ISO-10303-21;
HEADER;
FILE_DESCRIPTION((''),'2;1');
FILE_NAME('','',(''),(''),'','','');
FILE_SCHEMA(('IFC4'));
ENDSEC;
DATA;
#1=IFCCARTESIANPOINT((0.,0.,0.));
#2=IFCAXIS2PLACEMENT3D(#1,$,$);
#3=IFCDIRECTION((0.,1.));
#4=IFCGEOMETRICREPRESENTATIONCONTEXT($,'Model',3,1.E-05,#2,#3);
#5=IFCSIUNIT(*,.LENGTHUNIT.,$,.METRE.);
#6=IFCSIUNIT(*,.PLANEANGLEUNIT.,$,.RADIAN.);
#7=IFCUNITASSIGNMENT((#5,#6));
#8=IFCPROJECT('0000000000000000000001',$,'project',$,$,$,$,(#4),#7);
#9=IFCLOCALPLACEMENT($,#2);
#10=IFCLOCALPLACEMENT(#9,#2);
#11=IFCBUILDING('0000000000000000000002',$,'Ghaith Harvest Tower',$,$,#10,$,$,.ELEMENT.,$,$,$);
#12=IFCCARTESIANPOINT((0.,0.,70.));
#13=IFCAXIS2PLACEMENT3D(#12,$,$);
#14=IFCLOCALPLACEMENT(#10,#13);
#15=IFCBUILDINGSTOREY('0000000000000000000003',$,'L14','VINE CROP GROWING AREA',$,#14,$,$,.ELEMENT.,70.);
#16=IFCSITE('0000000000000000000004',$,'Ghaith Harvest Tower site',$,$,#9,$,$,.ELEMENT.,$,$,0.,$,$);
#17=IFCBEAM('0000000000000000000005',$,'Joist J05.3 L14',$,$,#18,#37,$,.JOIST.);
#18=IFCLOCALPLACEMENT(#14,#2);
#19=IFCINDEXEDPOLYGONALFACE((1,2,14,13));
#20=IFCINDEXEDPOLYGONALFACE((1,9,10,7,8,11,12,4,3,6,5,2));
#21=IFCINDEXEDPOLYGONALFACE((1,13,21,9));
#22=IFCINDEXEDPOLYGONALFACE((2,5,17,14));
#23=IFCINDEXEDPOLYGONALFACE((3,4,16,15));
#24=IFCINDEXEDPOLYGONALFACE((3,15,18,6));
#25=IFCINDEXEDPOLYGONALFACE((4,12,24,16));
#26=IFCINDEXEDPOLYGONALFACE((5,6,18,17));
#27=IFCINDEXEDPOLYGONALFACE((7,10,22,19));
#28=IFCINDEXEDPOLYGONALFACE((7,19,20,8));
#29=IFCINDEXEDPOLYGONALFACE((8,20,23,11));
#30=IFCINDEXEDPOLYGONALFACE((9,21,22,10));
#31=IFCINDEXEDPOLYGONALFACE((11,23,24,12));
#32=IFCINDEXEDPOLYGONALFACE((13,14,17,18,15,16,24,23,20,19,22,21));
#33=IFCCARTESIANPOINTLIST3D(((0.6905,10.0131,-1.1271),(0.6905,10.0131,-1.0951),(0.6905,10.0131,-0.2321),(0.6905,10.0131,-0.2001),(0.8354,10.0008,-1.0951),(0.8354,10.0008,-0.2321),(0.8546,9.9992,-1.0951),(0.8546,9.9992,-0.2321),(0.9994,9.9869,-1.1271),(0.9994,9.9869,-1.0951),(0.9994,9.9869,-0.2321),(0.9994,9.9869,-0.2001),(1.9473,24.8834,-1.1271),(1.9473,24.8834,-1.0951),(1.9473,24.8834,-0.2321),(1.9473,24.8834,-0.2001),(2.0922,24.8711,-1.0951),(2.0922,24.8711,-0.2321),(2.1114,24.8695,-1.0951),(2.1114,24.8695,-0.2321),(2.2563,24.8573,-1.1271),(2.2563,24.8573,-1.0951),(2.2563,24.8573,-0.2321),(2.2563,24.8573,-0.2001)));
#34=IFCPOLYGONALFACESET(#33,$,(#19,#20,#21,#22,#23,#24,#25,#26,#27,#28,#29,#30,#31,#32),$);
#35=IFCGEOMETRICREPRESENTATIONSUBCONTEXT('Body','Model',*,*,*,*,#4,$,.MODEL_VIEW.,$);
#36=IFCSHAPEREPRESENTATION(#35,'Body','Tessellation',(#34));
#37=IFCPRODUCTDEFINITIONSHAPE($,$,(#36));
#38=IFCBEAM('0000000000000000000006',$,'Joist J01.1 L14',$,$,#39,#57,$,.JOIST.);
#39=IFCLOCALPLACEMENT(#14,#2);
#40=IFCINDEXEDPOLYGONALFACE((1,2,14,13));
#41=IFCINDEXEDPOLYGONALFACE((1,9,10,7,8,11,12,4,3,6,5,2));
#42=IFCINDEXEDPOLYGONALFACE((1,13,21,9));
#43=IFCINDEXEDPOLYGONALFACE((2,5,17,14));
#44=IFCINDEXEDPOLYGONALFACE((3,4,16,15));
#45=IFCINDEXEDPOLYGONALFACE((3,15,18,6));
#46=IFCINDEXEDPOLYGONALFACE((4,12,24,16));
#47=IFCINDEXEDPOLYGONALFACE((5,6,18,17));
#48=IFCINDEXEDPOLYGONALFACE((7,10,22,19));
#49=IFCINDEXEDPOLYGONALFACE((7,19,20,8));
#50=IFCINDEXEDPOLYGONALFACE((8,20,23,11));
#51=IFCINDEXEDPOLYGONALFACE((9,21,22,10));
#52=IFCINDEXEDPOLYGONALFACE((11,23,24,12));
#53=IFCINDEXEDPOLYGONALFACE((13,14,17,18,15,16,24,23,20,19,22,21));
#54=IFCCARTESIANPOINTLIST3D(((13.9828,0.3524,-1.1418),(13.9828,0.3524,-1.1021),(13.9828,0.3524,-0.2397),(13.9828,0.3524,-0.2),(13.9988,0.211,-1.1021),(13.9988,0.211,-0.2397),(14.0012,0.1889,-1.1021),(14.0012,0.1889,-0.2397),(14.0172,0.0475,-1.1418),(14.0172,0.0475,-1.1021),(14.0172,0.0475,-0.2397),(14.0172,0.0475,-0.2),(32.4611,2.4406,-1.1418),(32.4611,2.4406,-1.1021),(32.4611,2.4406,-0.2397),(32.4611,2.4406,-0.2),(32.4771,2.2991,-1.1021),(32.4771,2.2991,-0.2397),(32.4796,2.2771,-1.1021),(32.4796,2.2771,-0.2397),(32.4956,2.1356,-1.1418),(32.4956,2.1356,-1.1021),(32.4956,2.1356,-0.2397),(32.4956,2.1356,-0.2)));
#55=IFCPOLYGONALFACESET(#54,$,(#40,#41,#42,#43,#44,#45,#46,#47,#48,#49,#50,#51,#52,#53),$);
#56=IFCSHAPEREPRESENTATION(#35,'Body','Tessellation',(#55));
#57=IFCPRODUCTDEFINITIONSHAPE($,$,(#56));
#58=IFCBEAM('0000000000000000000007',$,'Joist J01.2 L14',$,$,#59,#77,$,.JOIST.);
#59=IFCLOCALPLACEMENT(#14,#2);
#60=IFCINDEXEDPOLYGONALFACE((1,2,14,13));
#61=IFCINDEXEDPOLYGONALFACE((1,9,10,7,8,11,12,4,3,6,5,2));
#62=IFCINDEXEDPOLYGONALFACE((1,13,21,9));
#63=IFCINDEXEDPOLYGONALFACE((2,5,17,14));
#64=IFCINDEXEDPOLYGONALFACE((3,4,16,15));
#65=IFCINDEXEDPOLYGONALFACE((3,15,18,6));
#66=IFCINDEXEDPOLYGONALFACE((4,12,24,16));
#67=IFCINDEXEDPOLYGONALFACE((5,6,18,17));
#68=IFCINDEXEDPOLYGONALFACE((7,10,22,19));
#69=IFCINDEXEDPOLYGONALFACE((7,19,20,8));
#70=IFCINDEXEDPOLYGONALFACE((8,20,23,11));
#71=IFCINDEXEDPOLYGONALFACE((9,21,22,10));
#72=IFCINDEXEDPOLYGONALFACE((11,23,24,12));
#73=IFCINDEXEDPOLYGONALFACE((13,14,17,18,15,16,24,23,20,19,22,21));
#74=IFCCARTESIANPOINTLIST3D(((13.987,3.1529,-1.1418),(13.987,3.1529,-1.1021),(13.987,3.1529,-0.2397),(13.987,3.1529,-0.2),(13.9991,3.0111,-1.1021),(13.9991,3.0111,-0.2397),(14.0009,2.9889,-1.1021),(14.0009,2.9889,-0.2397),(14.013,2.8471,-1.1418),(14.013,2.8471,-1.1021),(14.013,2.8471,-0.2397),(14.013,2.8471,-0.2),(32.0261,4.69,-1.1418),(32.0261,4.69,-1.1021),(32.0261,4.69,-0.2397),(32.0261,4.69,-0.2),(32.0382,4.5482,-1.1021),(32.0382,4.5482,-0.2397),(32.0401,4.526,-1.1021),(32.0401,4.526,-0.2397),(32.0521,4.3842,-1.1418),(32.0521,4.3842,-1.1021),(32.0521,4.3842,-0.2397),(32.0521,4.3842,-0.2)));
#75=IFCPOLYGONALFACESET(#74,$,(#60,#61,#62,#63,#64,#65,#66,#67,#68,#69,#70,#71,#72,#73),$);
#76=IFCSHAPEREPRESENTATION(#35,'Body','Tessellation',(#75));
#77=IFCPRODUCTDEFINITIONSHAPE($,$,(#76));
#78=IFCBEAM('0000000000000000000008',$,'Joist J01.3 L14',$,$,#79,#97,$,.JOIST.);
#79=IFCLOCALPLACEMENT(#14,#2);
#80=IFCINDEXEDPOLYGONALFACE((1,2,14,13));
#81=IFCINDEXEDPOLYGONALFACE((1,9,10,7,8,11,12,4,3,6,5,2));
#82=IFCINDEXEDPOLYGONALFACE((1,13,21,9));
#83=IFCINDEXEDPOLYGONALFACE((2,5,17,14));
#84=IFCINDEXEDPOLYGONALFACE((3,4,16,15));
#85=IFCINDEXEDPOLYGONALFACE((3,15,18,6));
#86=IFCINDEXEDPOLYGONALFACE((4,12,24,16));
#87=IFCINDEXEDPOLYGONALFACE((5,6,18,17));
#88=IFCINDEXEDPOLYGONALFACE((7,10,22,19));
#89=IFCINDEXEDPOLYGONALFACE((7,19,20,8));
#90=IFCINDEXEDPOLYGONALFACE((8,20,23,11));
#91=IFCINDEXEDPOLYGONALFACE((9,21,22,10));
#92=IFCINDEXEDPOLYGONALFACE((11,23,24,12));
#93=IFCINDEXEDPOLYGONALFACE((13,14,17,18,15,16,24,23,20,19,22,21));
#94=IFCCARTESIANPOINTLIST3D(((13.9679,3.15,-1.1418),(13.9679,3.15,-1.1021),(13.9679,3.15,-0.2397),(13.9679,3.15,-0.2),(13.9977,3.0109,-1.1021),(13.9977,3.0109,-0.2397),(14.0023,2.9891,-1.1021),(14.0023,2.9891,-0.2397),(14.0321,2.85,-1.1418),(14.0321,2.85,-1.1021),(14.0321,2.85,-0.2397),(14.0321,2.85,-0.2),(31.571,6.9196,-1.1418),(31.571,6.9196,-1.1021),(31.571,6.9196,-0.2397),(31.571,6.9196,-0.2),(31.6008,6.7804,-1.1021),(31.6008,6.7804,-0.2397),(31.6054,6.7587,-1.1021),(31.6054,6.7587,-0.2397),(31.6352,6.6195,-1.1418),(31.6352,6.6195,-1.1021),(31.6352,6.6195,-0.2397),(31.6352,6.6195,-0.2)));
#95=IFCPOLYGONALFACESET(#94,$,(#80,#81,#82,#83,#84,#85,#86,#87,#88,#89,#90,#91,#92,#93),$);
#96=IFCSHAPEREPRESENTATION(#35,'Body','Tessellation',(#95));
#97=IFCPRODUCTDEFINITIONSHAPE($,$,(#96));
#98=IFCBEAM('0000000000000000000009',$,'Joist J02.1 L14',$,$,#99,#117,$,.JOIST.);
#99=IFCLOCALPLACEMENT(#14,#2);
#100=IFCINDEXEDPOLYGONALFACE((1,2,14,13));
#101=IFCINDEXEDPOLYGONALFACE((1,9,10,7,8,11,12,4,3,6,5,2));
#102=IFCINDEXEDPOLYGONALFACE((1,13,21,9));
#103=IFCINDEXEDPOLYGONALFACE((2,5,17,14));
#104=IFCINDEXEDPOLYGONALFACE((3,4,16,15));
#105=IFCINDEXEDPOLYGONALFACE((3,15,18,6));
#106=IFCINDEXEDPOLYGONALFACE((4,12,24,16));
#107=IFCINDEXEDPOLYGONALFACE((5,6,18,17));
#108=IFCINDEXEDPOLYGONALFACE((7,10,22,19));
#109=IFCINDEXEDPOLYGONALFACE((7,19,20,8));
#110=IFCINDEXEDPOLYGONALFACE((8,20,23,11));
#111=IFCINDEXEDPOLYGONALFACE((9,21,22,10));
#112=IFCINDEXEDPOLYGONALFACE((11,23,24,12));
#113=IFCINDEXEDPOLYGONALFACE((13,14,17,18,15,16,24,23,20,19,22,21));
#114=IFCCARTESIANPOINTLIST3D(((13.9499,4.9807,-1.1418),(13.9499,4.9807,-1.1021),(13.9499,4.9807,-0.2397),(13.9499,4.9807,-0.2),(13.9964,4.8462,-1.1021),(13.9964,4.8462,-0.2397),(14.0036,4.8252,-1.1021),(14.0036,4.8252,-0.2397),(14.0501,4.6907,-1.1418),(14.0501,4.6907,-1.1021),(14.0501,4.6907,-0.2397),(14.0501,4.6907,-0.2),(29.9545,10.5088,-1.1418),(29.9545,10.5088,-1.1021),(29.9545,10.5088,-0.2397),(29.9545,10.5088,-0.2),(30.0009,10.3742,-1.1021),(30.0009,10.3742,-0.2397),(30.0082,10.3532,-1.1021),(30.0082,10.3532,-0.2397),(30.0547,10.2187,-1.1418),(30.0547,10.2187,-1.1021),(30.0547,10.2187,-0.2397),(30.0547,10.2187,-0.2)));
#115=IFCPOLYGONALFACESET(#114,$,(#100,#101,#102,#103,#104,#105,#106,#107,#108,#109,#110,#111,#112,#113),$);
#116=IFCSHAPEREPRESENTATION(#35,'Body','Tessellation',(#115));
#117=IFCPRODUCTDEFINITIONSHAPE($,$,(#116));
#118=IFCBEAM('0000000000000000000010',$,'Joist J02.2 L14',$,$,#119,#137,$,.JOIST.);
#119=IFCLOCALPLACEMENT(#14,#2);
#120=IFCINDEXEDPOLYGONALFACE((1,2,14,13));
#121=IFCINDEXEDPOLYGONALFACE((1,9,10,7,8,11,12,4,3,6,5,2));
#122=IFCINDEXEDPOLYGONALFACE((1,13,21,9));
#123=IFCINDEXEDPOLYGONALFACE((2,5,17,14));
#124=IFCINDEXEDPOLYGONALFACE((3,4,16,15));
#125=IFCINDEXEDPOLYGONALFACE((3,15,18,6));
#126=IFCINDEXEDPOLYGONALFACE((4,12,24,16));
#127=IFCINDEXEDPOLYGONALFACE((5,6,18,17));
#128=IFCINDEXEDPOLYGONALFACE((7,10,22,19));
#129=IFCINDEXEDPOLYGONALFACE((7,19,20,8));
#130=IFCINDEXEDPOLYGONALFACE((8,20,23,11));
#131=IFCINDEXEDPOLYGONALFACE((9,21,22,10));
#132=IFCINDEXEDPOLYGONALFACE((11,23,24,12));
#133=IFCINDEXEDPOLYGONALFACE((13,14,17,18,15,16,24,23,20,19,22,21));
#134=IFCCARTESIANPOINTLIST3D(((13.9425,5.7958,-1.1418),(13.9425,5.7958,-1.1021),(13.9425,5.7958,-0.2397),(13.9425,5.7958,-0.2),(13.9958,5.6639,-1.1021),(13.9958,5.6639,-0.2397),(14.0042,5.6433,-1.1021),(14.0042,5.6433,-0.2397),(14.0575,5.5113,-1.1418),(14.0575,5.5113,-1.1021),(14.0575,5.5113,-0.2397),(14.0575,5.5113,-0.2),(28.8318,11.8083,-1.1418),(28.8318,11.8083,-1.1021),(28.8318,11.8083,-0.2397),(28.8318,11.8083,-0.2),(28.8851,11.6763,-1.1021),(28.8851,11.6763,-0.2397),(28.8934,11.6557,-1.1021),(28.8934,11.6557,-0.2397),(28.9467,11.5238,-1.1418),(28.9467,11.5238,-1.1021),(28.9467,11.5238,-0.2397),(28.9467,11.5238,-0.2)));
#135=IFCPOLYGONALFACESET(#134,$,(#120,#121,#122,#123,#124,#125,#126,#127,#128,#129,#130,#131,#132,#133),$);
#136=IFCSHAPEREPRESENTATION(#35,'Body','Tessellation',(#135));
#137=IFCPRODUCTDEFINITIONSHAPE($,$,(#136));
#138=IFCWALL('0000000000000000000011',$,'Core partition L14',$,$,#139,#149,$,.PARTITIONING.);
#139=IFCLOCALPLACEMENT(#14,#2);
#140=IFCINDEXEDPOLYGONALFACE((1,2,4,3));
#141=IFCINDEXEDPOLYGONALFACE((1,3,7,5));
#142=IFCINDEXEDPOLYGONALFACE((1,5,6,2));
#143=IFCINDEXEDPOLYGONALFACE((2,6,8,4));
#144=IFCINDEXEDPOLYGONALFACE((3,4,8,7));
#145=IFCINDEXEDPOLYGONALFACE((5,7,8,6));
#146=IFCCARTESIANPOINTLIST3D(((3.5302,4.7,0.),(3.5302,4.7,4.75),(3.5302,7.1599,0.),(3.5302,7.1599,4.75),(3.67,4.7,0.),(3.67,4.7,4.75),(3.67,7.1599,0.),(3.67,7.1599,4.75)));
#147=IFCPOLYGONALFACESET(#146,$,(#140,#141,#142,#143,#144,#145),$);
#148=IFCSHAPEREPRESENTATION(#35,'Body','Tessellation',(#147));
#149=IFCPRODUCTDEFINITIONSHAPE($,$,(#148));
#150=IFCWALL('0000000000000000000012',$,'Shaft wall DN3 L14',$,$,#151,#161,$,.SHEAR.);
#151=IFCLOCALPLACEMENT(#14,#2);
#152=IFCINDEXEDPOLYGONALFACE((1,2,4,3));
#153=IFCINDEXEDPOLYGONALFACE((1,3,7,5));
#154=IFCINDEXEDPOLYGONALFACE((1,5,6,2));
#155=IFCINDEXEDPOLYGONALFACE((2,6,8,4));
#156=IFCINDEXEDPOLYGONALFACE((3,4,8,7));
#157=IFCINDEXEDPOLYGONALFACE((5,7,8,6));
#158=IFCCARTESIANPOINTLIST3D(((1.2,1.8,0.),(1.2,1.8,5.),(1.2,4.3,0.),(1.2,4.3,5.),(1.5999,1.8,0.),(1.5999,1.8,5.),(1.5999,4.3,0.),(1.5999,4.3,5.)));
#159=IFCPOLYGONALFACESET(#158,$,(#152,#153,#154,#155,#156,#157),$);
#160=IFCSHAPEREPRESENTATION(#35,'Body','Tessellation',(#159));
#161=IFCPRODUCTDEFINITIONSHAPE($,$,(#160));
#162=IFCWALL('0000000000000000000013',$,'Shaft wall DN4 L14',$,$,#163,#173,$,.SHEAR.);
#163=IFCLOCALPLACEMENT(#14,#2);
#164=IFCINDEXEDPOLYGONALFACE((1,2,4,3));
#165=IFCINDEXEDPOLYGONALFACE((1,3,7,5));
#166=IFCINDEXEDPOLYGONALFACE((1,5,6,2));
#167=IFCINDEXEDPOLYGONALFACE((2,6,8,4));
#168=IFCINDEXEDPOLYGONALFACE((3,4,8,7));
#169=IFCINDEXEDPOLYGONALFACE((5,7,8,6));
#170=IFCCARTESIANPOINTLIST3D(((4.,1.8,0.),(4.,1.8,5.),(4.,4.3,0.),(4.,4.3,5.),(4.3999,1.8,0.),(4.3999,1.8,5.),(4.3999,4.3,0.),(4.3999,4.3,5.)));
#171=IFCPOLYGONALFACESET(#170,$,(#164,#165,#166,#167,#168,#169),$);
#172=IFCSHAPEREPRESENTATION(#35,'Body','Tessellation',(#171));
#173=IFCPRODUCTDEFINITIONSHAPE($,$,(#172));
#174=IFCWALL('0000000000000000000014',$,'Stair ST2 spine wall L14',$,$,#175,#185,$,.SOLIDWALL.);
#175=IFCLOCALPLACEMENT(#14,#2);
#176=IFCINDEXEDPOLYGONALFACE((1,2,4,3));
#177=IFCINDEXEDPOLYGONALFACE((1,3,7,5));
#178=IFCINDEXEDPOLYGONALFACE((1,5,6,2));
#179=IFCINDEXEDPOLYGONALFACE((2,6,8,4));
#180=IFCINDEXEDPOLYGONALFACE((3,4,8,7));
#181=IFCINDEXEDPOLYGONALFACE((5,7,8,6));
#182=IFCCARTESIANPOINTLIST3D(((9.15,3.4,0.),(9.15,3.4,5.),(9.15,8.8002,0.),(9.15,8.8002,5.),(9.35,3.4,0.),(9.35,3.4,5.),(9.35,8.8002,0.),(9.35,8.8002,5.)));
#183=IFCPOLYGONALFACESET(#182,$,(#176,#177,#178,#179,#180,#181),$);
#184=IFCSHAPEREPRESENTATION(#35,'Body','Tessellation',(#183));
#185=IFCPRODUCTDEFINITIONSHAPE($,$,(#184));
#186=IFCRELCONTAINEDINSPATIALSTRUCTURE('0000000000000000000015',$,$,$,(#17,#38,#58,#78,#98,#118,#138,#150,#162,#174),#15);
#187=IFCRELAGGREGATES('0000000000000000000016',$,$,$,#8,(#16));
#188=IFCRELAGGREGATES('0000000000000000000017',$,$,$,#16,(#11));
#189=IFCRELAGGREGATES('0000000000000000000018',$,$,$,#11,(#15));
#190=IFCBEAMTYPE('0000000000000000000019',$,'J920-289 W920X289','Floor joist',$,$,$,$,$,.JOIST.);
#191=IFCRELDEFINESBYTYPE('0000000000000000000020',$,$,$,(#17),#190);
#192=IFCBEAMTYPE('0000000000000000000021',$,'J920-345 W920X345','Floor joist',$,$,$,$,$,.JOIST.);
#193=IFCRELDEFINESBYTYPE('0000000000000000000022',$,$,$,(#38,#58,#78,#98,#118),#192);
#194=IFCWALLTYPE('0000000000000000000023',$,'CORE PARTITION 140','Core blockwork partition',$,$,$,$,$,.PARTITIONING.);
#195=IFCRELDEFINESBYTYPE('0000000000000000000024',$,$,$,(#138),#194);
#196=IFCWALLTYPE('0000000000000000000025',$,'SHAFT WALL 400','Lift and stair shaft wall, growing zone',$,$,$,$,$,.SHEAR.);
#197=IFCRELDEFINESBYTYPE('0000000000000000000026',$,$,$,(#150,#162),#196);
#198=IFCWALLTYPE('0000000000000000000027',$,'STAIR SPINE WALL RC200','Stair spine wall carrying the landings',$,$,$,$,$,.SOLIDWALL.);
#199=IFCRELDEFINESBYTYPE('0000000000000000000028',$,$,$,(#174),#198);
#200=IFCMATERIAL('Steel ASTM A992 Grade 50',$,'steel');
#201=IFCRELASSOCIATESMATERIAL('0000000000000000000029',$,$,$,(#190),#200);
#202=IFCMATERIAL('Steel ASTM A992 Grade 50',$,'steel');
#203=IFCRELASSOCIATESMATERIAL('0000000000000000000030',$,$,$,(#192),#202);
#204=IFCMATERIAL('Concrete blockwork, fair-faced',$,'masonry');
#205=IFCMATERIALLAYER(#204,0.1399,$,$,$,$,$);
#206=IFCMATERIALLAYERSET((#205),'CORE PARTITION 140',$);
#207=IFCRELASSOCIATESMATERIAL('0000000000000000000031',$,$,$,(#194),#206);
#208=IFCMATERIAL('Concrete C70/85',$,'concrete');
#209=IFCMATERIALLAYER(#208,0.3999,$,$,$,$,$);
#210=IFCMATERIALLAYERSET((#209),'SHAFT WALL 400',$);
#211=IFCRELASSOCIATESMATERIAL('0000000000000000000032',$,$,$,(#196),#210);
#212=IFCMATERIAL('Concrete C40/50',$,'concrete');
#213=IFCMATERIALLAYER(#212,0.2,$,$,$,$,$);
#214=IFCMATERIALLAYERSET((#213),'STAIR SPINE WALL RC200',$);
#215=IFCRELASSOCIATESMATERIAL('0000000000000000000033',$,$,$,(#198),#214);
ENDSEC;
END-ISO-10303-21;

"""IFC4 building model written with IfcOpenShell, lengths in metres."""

from ifc_helpers import new_model, si_unit, direction, frame, frame_2d, origin, origin_2d, place, context, subcontext, project, spatial, rectangle, i_section, extrude, material, layer, layer_set, material_profile, profile_set, type_object, element, save


model = new_model("IFC4")

# Units and contexts
model_context = context("Model", 3, precision=1e-05, world=origin(), true_north=direction((0.0, 1.0)))
body_context = subcontext(model_context, "Body", "Model", "MODEL_VIEW")
ifc_project = project(units=[si_unit("LENGTHUNIT", "METRE"), si_unit("PLANEANGLEUNIT", "RADIAN")], contexts=[model_context])

# Site, building, storey
site_placement = place(None, origin())
site = spatial("IfcSite", under=ifc_project, at=site_placement, Name="Ghaith Harvest Tower site", CompositionType="ELEMENT", RefElevation=0.0)
building_placement = place(site_placement, origin())
building = spatial("IfcBuilding", under=site, at=building_placement, Name="Ghaith Harvest Tower", CompositionType="ELEMENT")
storey_placement = place(building_placement, frame((0.0, 0.0, 70.0)))
storey = spatial("IfcBuildingStorey", under=building, at=storey_placement, Name="L14", Description="VINE CROP GROWING AREA", CompositionType="ELEMENT", Elevation=70.0)

# Beams
ifc_material_1 = material(Name="Steel ASTM A992 Grade 50", Category="steel")
ifc_material_profile_1 = material_profile(ifc_material_1, i_section(OverallWidth=0.3101, OverallDepth=0.927, WebThickness=0.0193, FlangeThickness=0.032, at=origin_2d()), Name="W920X289")
ifc_profile_set_1 = profile_set([ifc_material_profile_1], Name="Steel ASTM A992 Grade 50")
beam_type_1 = type_object("IfcBeamType", Name="J920-289 W920X289", Description="Floor joist", PredefinedType="JOIST", material=ifc_profile_set_1)
beam_1_placement = place(storey_placement, frame((0.845, 10.0, -0.6636), z_axis=(0.084219, 0.996447, 0.0), x_axis=(-0.996447, 0.084219, 0.0)))
element("IfcBeam", 1, at=beam_1_placement, inside=storey, type_object=beam_type_1, Name="Joist J05.3 L14", PredefinedType="JOIST", context=body_context, shape_type="SweptSolid", body=[
    extrude(i_section(OverallWidth=0.3101, OverallDepth=0.927, WebThickness=0.0193, FlangeThickness=0.032, at=origin_2d()), origin(), (0.0, 0.0, 1.0), 14.9233),
])
ifc_material_2 = material(Name="Steel ASTM A992 Grade 50", Category="steel")
ifc_material_profile_2 = material_profile(ifc_material_2, i_section(OverallWidth=0.3069, OverallDepth=0.9419, WebThickness=0.0222, FlangeThickness=0.0398, at=origin_2d()), Name="W920X345")
ifc_profile_set_2 = profile_set([ifc_material_profile_2], Name="Steel ASTM A992 Grade 50")
beam_type_2 = type_object("IfcBeamType", Name="J920-345 W920X345", Description="Floor joist", PredefinedType="JOIST", material=ifc_profile_set_2)
beam_2_placement = place(storey_placement, frame((14.0, 0.2, -0.6709), z_axis=(0.993675, 0.11229, 0.0), x_axis=(-0.11229, 0.993675, 0.0)))
element("IfcBeam", 2, at=beam_2_placement, inside=storey, type_object=beam_type_2, Name="Joist J01.1 L14", PredefinedType="JOIST", context=body_context, shape_type="SweptSolid", body=[
    extrude(i_section(OverallWidth=0.3069, OverallDepth=0.9419, WebThickness=0.0222, FlangeThickness=0.0398, at=origin_2d()), origin(), (0.0, 0.0, 1.0), 18.5959),
])
beam_3_placement = place(storey_placement, frame((14.0, 3.0, -0.6709), z_axis=(0.996389, 0.084902, 0.0), x_axis=(-0.084902, 0.996389, 0.0)))
element("IfcBeam", 3, at=beam_3_placement, inside=storey, type_object=beam_type_2, Name="Joist J01.2 L14", PredefinedType="JOIST", context=body_context, shape_type="SweptSolid", body=[
    extrude(i_section(OverallWidth=0.3069, OverallDepth=0.9419, WebThickness=0.0222, FlangeThickness=0.0398, at=origin_2d()), origin(), (0.0, 0.0, 1.0), 18.1045),
])
beam_4_placement = place(storey_placement, frame((14.0, 3.0, -0.6709), z_axis=(0.977831, 0.209394, 0.0), x_axis=(-0.209394, 0.977831, 0.0)))
element("IfcBeam", 4, at=beam_4_placement, inside=storey, type_object=beam_type_2, Name="Joist J01.3 L14", PredefinedType="JOIST", context=body_context, shape_type="SweptSolid", body=[
    extrude(i_section(OverallWidth=0.3069, OverallDepth=0.9419, WebThickness=0.0222, FlangeThickness=0.0398, at=origin_2d()), origin(), (0.0, 0.0, 1.0), 18.0022),
])
beam_5_placement = place(storey_placement, frame((14.0, 4.8357, -0.6709), z_axis=(0.945205, 0.326478, 0.0), x_axis=(-0.326478, 0.945205, 0.0)))
element("IfcBeam", 5, at=beam_5_placement, inside=storey, type_object=beam_type_2, Name="Joist J02.1 L14", PredefinedType="JOIST", context=body_context, shape_type="SweptSolid", body=[
    extrude(i_section(OverallWidth=0.3069, OverallDepth=0.9419, WebThickness=0.0222, FlangeThickness=0.0398, at=origin_2d()), origin(), (0.0, 0.0, 1.0), 16.9324),
])
beam_6_placement = place(storey_placement, frame((14.0, 5.6536, -0.6709), z_axis=(0.927252, 0.374437, 0.0), x_axis=(-0.374437, 0.927252, 0.0)))
element("IfcBeam", 6, at=beam_6_placement, inside=storey, type_object=beam_type_2, Name="Joist J02.2 L14", PredefinedType="JOIST", context=body_context, shape_type="SweptSolid", body=[
    extrude(i_section(OverallWidth=0.3069, OverallDepth=0.9419, WebThickness=0.0222, FlangeThickness=0.0398, at=origin_2d()), origin(), (0.0, 0.0, 1.0), 16.0574),
])

# Wall
ifc_material_3 = material(Name="Concrete blockwork, fair-faced", Category="masonry")
ifc_layer_1 = layer(ifc_material_3, 0.1399)
ifc_layer_set_1 = layer_set([ifc_layer_1], Name="CORE PARTITION 140")
wall_type_1 = type_object("IfcWallType", Name="CORE PARTITION 140", Description="Core blockwork partition", PredefinedType="PARTITIONING", material=ifc_layer_set_1)
wall_1_placement = place(storey_placement, frame((3.6001, 4.7, 0.0), z_axis=(0.0, 0.0, 1.0), x_axis=(0.0, 1.0, 0.0)))
element("IfcWall", 7, at=wall_1_placement, inside=storey, type_object=wall_type_1, Name="Core partition L14", PredefinedType="PARTITIONING", context=body_context, shape_type="SweptSolid", body=[
    extrude(rectangle(XDim=2.46, YDim=0.1399, at=frame_2d((1.23, 0.0))), origin(), (0.0, 0.0, 1.0), 4.75),
])

# Shared definitions
ifc_material_4 = material(Name="Concrete C70/85", Category="concrete")
ifc_layer_2 = layer(ifc_material_4, 0.3999)
ifc_layer_set_2 = layer_set([ifc_layer_2], Name="SHAFT WALL 400")
wall_type_2 = type_object("IfcWallType", Name="SHAFT WALL 400", Description="Lift and stair shaft wall, growing zone", PredefinedType="SHEAR", material=ifc_layer_set_2)

# Walls
for number, where, z_axis, x_axis, name in (
    (8, (1.3999, 1.8, 0.0), (0.0, 0.0, 1.0), (0.0, 1.0, 0.0), "Shaft wall DN3 L14"),
    (9, (4.2, 1.8, 0.0), (0.0, 0.0, 1.0), (0.0, 1.0, 0.0), "Shaft wall DN4 L14"),
):
    element("IfcWall", number, at=place(storey_placement, frame(where, z_axis=z_axis, x_axis=x_axis)), inside=storey, type_object=wall_type_2, Name=name, PredefinedType="SHEAR", context=body_context, shape_type="SweptSolid", body=[
        extrude(rectangle(XDim=2.5, YDim=0.3999, at=frame_2d((1.25, 0.0))), origin(), (0.0, 0.0, 1.0), 5.0),
    ])
ifc_material_5 = material(Name="Concrete C40/50", Category="concrete")
ifc_layer_3 = layer(ifc_material_5, 0.2)
ifc_layer_set_3 = layer_set([ifc_layer_3], Name="STAIR SPINE WALL RC200")
wall_type_3 = type_object("IfcWallType", Name="STAIR SPINE WALL RC200", Description="Stair spine wall carrying the landings", PredefinedType="SOLIDWALL", material=ifc_layer_set_3)
wall_2_placement = place(storey_placement, frame((9.25, 3.3999, 0.0), z_axis=(0.0, 0.0, 1.0), x_axis=(0.0, 1.0, 0.0)))
element("IfcWall", 10, at=wall_2_placement, inside=storey, type_object=wall_type_3, Name="Stair ST2 spine wall L14", PredefinedType="SOLIDWALL", context=body_context, shape_type="SweptSolid", body=[
    extrude(rectangle(XDim=5.4001, YDim=0.2, at=frame_2d((2.7002, 0.0))), origin(), (0.0, 0.0, 1.0), 5.0),
])

save(model, "model.ifc")
